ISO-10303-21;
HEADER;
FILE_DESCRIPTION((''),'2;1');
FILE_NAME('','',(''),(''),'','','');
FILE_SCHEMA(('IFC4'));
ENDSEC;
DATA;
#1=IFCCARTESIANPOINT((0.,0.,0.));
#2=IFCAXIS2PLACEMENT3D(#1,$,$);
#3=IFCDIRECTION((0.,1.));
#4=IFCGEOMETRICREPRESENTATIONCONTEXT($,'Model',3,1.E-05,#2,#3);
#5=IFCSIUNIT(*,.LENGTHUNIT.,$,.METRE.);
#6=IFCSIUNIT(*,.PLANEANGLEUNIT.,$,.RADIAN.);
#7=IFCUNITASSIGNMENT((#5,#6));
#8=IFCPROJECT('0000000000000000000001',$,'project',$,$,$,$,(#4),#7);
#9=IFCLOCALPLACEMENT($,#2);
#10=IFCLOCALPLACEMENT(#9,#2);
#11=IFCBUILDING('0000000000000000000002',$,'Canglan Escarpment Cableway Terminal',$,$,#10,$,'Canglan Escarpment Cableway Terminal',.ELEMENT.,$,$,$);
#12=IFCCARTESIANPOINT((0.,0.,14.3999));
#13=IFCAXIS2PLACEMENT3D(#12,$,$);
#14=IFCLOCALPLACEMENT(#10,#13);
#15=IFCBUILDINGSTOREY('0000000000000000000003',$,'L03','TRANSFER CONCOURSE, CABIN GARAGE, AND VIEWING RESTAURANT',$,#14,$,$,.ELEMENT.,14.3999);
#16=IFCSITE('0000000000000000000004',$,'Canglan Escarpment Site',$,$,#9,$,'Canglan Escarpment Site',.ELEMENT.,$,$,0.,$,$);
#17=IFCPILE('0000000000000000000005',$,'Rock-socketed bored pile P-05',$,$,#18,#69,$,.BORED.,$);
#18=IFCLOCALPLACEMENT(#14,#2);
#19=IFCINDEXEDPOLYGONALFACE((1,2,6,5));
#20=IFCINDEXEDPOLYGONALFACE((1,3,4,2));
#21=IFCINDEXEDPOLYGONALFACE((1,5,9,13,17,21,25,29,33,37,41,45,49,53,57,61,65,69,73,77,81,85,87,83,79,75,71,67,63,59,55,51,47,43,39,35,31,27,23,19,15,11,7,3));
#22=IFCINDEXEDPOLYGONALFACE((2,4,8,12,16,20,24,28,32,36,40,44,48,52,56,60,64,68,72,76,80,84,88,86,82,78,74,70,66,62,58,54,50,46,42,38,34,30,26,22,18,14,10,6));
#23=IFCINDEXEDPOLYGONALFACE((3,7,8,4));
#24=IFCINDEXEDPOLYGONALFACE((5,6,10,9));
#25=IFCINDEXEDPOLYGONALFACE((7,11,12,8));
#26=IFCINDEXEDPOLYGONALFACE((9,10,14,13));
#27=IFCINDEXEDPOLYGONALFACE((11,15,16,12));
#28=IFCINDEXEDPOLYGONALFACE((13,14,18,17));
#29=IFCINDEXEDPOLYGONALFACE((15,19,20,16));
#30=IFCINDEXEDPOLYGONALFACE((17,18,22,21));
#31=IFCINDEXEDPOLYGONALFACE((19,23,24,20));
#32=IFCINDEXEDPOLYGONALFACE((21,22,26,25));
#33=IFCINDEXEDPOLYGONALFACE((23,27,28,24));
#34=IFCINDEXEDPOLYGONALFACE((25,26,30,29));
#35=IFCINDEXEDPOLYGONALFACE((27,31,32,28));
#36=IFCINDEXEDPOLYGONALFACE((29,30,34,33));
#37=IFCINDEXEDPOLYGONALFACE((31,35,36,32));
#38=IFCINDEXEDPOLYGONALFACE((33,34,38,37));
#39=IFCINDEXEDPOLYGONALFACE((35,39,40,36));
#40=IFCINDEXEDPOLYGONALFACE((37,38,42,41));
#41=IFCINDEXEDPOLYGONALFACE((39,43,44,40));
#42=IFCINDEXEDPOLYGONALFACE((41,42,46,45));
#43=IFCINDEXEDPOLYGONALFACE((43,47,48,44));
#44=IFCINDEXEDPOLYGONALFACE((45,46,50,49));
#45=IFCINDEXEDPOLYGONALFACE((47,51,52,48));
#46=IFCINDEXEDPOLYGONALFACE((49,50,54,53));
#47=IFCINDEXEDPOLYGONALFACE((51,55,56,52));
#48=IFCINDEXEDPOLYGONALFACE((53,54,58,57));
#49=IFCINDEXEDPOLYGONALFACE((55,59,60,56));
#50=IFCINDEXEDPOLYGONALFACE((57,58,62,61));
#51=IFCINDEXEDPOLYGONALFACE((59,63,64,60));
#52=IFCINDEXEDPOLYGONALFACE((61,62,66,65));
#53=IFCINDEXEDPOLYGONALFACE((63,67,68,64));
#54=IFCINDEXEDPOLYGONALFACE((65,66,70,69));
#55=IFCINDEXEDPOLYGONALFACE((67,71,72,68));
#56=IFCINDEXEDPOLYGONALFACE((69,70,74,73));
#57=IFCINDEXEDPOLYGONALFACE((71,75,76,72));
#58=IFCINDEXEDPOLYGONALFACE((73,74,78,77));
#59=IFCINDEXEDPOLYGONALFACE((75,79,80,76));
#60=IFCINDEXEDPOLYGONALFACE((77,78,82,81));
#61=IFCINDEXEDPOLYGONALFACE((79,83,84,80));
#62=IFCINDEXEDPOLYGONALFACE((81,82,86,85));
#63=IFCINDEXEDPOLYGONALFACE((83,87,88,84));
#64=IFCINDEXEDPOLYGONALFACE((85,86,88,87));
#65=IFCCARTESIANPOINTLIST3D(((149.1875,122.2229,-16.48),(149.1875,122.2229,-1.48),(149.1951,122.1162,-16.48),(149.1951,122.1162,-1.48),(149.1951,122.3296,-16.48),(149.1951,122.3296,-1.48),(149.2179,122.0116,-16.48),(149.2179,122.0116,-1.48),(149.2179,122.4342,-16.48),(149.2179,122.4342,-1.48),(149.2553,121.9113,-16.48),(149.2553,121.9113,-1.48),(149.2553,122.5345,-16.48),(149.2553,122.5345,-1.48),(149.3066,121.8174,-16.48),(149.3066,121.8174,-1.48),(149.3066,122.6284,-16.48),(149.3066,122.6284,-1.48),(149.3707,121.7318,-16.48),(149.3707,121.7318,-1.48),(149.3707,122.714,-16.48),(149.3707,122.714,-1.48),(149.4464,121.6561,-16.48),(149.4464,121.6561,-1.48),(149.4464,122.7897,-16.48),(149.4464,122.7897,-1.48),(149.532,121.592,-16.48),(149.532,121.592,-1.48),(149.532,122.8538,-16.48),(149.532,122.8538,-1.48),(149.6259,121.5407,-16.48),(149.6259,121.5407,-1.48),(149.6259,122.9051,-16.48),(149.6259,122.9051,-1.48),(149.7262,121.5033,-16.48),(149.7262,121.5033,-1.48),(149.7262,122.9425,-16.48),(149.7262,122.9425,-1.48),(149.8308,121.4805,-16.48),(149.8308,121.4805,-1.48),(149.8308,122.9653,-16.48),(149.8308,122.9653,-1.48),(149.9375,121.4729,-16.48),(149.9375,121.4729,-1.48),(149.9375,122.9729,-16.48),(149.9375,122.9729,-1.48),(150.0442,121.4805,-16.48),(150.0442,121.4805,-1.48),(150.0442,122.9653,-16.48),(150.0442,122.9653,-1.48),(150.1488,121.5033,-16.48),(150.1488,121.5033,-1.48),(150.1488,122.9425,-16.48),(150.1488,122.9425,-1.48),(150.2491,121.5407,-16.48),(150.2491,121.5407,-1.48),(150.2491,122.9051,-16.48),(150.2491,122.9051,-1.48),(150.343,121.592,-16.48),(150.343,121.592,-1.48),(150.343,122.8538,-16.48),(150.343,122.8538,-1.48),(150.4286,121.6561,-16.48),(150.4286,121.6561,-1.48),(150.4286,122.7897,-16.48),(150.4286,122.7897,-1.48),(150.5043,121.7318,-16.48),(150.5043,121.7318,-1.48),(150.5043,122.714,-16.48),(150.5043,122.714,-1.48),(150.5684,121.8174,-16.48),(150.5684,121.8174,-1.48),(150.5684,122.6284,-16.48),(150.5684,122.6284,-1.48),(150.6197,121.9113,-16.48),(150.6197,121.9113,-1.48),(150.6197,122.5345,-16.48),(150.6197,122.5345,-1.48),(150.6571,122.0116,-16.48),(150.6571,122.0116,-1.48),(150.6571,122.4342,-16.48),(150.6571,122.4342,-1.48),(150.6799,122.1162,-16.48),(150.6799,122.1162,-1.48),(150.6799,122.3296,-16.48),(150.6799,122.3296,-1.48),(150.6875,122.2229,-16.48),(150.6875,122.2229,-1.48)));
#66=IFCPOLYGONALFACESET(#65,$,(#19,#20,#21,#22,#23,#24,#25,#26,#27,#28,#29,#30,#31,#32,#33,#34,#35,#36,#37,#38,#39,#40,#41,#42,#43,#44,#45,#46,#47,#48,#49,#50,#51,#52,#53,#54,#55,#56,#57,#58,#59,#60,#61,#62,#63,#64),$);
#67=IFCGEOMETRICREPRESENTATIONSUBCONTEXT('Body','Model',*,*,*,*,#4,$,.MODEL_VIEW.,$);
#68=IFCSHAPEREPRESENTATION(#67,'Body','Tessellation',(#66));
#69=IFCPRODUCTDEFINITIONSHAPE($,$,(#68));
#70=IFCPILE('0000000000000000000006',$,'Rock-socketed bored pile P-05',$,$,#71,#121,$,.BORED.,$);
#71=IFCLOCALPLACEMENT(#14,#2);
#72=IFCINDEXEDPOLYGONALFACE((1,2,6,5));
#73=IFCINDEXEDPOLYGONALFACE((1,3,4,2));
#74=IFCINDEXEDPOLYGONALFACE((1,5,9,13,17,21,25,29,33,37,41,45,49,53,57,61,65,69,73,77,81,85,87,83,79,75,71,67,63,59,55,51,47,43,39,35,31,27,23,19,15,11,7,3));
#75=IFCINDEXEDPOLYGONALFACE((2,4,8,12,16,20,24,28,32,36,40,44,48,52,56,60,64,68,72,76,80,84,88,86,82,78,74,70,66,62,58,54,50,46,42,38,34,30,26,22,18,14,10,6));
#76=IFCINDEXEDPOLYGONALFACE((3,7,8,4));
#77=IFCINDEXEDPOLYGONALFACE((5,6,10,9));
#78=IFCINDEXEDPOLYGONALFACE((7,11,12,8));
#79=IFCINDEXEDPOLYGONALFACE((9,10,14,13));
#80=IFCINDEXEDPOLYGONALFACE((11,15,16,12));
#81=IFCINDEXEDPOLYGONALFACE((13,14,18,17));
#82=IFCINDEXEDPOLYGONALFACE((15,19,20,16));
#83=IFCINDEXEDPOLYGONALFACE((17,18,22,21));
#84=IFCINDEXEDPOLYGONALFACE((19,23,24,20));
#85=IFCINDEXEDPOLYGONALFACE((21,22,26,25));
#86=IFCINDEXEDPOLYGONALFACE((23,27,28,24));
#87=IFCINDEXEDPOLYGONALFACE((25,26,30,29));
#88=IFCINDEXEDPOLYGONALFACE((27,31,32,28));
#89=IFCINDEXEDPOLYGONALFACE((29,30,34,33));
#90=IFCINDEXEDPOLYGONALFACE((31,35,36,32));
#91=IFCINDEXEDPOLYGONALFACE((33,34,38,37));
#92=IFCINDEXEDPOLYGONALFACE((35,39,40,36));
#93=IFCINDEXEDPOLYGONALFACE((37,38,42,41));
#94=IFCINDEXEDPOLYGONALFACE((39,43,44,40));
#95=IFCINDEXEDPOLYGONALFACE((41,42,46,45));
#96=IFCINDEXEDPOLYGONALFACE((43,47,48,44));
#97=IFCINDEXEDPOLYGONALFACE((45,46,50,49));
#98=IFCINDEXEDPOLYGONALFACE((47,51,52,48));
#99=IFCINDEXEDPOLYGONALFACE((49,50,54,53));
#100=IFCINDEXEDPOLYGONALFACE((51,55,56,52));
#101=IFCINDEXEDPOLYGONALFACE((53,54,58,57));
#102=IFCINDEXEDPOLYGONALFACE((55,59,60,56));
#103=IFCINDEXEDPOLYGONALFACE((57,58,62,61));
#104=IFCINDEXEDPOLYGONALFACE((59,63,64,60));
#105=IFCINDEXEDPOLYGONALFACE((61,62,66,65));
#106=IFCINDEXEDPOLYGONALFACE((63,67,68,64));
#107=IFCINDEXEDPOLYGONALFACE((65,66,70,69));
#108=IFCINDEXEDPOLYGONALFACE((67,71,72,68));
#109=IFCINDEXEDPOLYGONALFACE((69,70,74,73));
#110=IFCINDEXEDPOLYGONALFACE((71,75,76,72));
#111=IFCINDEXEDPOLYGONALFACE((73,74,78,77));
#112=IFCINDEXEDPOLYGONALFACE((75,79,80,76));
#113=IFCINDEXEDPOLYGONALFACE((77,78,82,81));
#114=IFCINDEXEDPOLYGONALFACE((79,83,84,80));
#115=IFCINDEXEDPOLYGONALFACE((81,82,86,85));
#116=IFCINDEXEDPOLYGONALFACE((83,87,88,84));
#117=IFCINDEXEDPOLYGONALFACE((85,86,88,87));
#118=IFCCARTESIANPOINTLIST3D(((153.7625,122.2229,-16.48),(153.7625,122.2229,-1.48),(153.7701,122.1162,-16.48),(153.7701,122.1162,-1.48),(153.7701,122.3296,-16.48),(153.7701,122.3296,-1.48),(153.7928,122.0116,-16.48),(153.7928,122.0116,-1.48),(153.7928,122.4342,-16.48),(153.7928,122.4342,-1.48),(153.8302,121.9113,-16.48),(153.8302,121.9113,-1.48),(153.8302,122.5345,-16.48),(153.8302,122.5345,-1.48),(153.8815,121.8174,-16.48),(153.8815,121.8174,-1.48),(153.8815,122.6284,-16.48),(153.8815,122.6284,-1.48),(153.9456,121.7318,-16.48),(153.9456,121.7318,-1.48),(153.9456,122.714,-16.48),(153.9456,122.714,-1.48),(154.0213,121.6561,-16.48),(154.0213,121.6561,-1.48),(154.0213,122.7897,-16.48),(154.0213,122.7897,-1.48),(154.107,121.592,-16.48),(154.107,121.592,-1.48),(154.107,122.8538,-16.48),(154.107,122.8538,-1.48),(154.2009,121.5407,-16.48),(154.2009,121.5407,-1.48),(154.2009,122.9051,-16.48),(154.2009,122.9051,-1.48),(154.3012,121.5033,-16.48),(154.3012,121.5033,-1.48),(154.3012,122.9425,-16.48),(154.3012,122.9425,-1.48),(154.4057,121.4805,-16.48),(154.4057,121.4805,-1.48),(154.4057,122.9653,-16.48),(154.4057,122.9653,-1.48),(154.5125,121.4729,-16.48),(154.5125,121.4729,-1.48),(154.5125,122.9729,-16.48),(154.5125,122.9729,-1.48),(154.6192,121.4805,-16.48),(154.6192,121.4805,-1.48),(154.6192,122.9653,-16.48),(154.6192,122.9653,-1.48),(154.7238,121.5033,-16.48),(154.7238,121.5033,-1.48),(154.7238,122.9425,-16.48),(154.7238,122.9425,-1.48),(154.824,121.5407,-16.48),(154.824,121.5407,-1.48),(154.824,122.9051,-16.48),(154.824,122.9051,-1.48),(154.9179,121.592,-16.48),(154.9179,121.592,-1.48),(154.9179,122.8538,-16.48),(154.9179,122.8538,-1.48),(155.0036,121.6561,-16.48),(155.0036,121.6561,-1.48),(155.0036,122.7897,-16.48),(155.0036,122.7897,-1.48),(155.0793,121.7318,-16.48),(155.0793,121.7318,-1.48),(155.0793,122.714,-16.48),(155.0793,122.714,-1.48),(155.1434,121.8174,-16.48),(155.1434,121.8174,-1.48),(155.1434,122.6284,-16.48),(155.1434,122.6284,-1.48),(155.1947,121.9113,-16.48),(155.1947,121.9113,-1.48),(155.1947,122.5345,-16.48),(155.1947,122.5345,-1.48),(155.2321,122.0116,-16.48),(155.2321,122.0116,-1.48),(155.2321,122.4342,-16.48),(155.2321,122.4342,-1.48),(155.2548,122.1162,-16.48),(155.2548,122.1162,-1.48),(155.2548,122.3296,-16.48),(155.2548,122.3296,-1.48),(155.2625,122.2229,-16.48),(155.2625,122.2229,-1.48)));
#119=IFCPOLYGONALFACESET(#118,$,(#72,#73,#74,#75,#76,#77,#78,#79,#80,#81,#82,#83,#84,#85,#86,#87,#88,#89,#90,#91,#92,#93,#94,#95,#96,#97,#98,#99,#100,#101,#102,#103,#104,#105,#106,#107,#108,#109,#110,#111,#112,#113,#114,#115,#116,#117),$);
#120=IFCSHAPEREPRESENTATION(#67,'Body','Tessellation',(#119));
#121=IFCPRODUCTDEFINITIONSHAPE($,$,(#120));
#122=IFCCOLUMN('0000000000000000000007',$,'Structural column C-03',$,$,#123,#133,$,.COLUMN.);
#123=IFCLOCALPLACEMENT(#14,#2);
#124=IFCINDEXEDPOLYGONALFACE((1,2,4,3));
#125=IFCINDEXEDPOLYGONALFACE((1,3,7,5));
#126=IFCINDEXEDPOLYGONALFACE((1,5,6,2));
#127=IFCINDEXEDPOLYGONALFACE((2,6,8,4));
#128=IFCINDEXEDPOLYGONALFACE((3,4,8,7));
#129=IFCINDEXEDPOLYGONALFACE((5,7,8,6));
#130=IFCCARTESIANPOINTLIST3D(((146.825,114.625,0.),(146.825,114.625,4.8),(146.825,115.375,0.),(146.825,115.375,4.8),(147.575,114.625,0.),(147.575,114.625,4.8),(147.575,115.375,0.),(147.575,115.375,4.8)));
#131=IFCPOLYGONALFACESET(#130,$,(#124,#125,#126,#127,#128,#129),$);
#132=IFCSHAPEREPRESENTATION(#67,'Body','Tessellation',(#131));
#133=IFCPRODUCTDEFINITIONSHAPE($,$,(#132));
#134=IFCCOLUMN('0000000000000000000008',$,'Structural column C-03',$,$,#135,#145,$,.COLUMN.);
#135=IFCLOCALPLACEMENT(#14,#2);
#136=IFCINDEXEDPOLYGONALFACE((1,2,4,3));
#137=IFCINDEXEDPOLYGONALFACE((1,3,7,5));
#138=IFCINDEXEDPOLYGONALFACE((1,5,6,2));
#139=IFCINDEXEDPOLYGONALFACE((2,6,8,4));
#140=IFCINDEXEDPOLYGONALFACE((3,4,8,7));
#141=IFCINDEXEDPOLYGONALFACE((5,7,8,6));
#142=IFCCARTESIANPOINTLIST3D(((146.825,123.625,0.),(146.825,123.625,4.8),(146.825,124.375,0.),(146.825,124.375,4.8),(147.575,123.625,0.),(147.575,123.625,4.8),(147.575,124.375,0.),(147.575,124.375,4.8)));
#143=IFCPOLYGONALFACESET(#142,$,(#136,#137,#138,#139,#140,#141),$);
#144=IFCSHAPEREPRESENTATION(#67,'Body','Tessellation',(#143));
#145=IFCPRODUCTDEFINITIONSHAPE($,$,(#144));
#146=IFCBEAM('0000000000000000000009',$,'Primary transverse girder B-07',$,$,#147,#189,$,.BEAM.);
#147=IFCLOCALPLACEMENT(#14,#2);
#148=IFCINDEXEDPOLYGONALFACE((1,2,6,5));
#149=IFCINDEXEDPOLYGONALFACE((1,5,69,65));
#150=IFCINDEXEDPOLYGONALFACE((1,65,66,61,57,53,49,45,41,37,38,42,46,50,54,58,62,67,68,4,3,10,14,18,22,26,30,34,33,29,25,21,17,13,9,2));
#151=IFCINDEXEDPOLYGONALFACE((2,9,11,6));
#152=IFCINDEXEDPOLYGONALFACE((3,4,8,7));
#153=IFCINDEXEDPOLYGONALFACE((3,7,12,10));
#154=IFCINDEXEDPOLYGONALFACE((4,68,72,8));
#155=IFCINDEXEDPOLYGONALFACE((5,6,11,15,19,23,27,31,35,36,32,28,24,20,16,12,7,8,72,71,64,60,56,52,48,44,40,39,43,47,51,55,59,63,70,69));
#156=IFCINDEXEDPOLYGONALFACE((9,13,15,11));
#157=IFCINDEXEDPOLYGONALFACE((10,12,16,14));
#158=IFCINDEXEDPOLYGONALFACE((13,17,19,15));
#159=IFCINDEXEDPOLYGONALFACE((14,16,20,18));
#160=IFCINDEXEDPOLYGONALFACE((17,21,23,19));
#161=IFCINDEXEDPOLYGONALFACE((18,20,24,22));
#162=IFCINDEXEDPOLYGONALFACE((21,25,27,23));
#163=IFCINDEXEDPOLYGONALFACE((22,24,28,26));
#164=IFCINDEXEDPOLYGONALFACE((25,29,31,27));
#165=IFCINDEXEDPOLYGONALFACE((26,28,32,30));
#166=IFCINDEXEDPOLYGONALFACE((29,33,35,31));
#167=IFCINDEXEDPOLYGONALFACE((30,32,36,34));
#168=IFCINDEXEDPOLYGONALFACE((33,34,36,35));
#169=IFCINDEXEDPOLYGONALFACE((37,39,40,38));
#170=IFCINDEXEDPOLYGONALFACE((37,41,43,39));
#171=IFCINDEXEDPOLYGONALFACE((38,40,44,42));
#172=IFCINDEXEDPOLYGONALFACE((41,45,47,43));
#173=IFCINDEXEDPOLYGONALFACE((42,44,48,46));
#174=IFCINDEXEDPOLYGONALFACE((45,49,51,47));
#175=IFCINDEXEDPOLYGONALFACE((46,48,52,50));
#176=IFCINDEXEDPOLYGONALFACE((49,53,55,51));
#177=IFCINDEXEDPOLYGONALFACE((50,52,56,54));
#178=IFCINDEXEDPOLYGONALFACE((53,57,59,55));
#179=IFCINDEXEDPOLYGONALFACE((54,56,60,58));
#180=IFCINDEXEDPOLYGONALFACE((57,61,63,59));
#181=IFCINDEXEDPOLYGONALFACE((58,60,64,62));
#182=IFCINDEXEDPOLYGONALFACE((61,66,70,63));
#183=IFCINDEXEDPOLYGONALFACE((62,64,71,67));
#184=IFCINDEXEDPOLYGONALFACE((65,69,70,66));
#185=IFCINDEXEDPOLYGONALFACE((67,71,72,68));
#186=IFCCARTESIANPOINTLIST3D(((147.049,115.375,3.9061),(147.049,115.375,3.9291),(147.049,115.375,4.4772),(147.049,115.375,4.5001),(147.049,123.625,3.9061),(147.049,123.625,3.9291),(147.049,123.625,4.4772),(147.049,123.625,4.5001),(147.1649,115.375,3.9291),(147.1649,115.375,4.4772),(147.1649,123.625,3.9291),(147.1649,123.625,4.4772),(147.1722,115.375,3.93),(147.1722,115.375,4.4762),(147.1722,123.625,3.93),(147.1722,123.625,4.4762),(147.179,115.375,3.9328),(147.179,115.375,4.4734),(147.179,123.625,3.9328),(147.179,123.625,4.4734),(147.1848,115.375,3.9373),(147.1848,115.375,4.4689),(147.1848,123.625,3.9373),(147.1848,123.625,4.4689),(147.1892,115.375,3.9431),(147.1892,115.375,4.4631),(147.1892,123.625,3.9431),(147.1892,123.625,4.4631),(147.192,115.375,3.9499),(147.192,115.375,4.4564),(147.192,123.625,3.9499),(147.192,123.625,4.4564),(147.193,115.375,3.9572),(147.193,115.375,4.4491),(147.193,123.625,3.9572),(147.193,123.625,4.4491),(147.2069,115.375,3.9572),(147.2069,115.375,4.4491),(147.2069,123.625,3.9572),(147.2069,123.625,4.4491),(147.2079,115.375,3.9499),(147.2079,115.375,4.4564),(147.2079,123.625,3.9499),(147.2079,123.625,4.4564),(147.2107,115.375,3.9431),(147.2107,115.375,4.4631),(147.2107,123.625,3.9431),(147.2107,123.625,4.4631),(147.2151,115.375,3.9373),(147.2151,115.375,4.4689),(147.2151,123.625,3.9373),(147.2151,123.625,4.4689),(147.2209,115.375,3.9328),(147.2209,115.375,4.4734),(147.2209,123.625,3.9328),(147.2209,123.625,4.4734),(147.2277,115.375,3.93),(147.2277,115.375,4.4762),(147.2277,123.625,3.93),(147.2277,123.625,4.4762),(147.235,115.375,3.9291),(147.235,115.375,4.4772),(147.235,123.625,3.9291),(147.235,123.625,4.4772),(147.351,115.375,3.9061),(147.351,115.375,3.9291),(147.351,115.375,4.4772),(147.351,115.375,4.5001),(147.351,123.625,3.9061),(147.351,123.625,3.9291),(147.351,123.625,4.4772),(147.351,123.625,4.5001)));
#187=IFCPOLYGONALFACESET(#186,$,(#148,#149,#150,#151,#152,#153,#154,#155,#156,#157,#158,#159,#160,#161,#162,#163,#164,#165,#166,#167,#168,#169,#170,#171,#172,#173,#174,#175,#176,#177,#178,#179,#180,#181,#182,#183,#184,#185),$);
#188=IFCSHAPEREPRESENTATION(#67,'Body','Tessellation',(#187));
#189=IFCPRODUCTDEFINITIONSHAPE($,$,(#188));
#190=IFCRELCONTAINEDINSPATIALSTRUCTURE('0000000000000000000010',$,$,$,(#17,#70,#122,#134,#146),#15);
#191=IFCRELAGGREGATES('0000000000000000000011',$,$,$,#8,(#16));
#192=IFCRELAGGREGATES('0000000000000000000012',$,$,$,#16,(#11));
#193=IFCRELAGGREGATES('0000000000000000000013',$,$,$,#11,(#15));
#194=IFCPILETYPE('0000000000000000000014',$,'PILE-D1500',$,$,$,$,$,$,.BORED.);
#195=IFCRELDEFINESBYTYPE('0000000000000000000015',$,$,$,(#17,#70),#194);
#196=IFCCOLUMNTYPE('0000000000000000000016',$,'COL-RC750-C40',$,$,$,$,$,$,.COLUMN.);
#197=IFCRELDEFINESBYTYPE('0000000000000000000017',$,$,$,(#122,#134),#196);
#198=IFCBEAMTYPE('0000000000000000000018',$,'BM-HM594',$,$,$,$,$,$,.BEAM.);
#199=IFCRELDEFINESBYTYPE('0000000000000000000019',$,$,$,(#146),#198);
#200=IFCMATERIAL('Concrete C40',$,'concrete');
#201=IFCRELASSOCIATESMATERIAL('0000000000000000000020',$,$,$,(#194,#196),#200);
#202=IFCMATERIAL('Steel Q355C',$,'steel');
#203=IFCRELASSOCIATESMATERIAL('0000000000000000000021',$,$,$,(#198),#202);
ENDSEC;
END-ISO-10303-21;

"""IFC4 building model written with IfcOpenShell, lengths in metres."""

from ifc_helpers import new_model, si_unit, direction, frame, origin, origin_2d, place, context, subcontext, project, spatial, rectangle, circle, i_section, extrude, material, material_profile, profile_set, type_object, element, save


model = new_model("IFC4")

# Units and contexts
model_context = context("Model", 3, precision=1e-05, world=origin(), true_north=direction((0.0, 1.0)))
body_context = subcontext(model_context, "Body", "Model", "MODEL_VIEW")
ifc_project = project(units=[si_unit("LENGTHUNIT", "METRE"), si_unit("PLANEANGLEUNIT", "RADIAN")], contexts=[model_context])

# Site, building, storey
site_placement = place(None, origin())
site = spatial("IfcSite", under=ifc_project, at=site_placement, Name="Canglan Escarpment Site", LongName="Canglan Escarpment Site", CompositionType="ELEMENT", RefElevation=0.0)
building_placement = place(site_placement, origin())
building = spatial("IfcBuilding", under=site, at=building_placement, Name="Canglan Escarpment Cableway Terminal", LongName="Canglan Escarpment Cableway Terminal", CompositionType="ELEMENT")
storey_placement = place(building_placement, frame((0.0, 0.0, 14.3999)))
storey = spatial("IfcBuildingStorey", under=building, at=storey_placement, Name="L03", Description="TRANSFER CONCOURSE, CABIN GARAGE, AND VIEWING RESTAURANT", CompositionType="ELEMENT", Elevation=14.3999)

# Shared definitions
ifc_material_1 = material(Name="Concrete C40", Category="concrete")

# Piles
ifc_material_profile_1 = material_profile(ifc_material_1, circle(Radius=0.75, at=origin_2d()), Name="BORED PILE D1500")
ifc_profile_set_1 = profile_set([ifc_material_profile_1], Name="Concrete C40")
pile_type = type_object("IfcPileType", Name="PILE-D1500", PredefinedType="BORED", material=ifc_profile_set_1)
for number, where, z_axis, x_axis, name in (
    (1, (149.9375, 122.2229, -1.48), (0.0, 0.0, -1.0), (1.0, 0.0, 0.0), "Rock-socketed bored pile P-05"),
    (2, (154.5125, 122.2229, -1.48), (0.0, 0.0, -1.0), (1.0, 0.0, 0.0), "Rock-socketed bored pile P-05"),
):
    element("IfcPile", number, at=place(storey_placement, frame(where, z_axis=z_axis, x_axis=x_axis)), inside=storey, type_object=pile_type, Name=name, PredefinedType="BORED", context=body_context, shape_type="SweptSolid", body=[
        extrude(circle(Radius=0.75, at=origin_2d()), origin(), (0.0, 0.0, 1.0), 15.0),
    ])

# Columns
ifc_material_profile_2 = material_profile(ifc_material_1, rectangle(XDim=0.75, YDim=0.75, at=origin_2d()), Name="RC 750x750")
ifc_profile_set_2 = profile_set([ifc_material_profile_2], Name="Concrete C40")
column_type = type_object("IfcColumnType", Name="COL-RC750-C40", PredefinedType="COLUMN", material=ifc_profile_set_2)
for number, where, z_axis, x_axis, name in (
    (3, (147.2, 115.0, 0.0), (0.0, 0.0, 1.0), (1.0, 0.0, 0.0), "Structural column C-03"),
    (4, (147.2, 124.0, 0.0), (0.0, 0.0, 1.0), (1.0, 0.0, 0.0), "Structural column C-03"),
):
    element("IfcColumn", number, at=place(storey_placement, frame(where, z_axis=z_axis, x_axis=x_axis)), inside=storey, type_object=column_type, Name=name, PredefinedType="COLUMN", context=body_context, shape_type="SweptSolid", body=[
        extrude(rectangle(XDim=0.75, YDim=0.75, at=origin_2d()), origin(), (0.0, 0.0, 1.0), 4.8),
    ])

# Beam
ifc_material_2 = material(Name="Steel Q355C", Category="steel")
ifc_material_profile_3 = material_profile(ifc_material_2, i_section(OverallWidth=0.302, OverallDepth=0.594, WebThickness=0.0139, FlangeThickness=0.0229, FilletRadius=0.0281, at=origin_2d()), Name="HM 594x302x14x23")
ifc_profile_set_3 = profile_set([ifc_material_profile_3], Name="Steel Q355C")
beam_type_1 = type_object("IfcBeamType", Name="BM-HM594", PredefinedType="BEAM", material=ifc_profile_set_3)
beam_1_placement = place(storey_placement, frame((147.2, 115.375, 4.2031), z_axis=(0.0, 1.0, 0.0), x_axis=(-1.0, 0.0, 0.0)))
element("IfcBeam", 5, at=beam_1_placement, inside=storey, type_object=beam_type_1, Name="Primary transverse girder B-07", PredefinedType="BEAM", context=body_context, shape_type="SweptSolid", body=[
    extrude(i_section(OverallWidth=0.302, OverallDepth=0.594, WebThickness=0.0139, FlangeThickness=0.0229, FilletRadius=0.0281, at=origin_2d()), origin(), (0.0, 0.0, 1.0), 8.25),
])

save(model, "model.ifc")
